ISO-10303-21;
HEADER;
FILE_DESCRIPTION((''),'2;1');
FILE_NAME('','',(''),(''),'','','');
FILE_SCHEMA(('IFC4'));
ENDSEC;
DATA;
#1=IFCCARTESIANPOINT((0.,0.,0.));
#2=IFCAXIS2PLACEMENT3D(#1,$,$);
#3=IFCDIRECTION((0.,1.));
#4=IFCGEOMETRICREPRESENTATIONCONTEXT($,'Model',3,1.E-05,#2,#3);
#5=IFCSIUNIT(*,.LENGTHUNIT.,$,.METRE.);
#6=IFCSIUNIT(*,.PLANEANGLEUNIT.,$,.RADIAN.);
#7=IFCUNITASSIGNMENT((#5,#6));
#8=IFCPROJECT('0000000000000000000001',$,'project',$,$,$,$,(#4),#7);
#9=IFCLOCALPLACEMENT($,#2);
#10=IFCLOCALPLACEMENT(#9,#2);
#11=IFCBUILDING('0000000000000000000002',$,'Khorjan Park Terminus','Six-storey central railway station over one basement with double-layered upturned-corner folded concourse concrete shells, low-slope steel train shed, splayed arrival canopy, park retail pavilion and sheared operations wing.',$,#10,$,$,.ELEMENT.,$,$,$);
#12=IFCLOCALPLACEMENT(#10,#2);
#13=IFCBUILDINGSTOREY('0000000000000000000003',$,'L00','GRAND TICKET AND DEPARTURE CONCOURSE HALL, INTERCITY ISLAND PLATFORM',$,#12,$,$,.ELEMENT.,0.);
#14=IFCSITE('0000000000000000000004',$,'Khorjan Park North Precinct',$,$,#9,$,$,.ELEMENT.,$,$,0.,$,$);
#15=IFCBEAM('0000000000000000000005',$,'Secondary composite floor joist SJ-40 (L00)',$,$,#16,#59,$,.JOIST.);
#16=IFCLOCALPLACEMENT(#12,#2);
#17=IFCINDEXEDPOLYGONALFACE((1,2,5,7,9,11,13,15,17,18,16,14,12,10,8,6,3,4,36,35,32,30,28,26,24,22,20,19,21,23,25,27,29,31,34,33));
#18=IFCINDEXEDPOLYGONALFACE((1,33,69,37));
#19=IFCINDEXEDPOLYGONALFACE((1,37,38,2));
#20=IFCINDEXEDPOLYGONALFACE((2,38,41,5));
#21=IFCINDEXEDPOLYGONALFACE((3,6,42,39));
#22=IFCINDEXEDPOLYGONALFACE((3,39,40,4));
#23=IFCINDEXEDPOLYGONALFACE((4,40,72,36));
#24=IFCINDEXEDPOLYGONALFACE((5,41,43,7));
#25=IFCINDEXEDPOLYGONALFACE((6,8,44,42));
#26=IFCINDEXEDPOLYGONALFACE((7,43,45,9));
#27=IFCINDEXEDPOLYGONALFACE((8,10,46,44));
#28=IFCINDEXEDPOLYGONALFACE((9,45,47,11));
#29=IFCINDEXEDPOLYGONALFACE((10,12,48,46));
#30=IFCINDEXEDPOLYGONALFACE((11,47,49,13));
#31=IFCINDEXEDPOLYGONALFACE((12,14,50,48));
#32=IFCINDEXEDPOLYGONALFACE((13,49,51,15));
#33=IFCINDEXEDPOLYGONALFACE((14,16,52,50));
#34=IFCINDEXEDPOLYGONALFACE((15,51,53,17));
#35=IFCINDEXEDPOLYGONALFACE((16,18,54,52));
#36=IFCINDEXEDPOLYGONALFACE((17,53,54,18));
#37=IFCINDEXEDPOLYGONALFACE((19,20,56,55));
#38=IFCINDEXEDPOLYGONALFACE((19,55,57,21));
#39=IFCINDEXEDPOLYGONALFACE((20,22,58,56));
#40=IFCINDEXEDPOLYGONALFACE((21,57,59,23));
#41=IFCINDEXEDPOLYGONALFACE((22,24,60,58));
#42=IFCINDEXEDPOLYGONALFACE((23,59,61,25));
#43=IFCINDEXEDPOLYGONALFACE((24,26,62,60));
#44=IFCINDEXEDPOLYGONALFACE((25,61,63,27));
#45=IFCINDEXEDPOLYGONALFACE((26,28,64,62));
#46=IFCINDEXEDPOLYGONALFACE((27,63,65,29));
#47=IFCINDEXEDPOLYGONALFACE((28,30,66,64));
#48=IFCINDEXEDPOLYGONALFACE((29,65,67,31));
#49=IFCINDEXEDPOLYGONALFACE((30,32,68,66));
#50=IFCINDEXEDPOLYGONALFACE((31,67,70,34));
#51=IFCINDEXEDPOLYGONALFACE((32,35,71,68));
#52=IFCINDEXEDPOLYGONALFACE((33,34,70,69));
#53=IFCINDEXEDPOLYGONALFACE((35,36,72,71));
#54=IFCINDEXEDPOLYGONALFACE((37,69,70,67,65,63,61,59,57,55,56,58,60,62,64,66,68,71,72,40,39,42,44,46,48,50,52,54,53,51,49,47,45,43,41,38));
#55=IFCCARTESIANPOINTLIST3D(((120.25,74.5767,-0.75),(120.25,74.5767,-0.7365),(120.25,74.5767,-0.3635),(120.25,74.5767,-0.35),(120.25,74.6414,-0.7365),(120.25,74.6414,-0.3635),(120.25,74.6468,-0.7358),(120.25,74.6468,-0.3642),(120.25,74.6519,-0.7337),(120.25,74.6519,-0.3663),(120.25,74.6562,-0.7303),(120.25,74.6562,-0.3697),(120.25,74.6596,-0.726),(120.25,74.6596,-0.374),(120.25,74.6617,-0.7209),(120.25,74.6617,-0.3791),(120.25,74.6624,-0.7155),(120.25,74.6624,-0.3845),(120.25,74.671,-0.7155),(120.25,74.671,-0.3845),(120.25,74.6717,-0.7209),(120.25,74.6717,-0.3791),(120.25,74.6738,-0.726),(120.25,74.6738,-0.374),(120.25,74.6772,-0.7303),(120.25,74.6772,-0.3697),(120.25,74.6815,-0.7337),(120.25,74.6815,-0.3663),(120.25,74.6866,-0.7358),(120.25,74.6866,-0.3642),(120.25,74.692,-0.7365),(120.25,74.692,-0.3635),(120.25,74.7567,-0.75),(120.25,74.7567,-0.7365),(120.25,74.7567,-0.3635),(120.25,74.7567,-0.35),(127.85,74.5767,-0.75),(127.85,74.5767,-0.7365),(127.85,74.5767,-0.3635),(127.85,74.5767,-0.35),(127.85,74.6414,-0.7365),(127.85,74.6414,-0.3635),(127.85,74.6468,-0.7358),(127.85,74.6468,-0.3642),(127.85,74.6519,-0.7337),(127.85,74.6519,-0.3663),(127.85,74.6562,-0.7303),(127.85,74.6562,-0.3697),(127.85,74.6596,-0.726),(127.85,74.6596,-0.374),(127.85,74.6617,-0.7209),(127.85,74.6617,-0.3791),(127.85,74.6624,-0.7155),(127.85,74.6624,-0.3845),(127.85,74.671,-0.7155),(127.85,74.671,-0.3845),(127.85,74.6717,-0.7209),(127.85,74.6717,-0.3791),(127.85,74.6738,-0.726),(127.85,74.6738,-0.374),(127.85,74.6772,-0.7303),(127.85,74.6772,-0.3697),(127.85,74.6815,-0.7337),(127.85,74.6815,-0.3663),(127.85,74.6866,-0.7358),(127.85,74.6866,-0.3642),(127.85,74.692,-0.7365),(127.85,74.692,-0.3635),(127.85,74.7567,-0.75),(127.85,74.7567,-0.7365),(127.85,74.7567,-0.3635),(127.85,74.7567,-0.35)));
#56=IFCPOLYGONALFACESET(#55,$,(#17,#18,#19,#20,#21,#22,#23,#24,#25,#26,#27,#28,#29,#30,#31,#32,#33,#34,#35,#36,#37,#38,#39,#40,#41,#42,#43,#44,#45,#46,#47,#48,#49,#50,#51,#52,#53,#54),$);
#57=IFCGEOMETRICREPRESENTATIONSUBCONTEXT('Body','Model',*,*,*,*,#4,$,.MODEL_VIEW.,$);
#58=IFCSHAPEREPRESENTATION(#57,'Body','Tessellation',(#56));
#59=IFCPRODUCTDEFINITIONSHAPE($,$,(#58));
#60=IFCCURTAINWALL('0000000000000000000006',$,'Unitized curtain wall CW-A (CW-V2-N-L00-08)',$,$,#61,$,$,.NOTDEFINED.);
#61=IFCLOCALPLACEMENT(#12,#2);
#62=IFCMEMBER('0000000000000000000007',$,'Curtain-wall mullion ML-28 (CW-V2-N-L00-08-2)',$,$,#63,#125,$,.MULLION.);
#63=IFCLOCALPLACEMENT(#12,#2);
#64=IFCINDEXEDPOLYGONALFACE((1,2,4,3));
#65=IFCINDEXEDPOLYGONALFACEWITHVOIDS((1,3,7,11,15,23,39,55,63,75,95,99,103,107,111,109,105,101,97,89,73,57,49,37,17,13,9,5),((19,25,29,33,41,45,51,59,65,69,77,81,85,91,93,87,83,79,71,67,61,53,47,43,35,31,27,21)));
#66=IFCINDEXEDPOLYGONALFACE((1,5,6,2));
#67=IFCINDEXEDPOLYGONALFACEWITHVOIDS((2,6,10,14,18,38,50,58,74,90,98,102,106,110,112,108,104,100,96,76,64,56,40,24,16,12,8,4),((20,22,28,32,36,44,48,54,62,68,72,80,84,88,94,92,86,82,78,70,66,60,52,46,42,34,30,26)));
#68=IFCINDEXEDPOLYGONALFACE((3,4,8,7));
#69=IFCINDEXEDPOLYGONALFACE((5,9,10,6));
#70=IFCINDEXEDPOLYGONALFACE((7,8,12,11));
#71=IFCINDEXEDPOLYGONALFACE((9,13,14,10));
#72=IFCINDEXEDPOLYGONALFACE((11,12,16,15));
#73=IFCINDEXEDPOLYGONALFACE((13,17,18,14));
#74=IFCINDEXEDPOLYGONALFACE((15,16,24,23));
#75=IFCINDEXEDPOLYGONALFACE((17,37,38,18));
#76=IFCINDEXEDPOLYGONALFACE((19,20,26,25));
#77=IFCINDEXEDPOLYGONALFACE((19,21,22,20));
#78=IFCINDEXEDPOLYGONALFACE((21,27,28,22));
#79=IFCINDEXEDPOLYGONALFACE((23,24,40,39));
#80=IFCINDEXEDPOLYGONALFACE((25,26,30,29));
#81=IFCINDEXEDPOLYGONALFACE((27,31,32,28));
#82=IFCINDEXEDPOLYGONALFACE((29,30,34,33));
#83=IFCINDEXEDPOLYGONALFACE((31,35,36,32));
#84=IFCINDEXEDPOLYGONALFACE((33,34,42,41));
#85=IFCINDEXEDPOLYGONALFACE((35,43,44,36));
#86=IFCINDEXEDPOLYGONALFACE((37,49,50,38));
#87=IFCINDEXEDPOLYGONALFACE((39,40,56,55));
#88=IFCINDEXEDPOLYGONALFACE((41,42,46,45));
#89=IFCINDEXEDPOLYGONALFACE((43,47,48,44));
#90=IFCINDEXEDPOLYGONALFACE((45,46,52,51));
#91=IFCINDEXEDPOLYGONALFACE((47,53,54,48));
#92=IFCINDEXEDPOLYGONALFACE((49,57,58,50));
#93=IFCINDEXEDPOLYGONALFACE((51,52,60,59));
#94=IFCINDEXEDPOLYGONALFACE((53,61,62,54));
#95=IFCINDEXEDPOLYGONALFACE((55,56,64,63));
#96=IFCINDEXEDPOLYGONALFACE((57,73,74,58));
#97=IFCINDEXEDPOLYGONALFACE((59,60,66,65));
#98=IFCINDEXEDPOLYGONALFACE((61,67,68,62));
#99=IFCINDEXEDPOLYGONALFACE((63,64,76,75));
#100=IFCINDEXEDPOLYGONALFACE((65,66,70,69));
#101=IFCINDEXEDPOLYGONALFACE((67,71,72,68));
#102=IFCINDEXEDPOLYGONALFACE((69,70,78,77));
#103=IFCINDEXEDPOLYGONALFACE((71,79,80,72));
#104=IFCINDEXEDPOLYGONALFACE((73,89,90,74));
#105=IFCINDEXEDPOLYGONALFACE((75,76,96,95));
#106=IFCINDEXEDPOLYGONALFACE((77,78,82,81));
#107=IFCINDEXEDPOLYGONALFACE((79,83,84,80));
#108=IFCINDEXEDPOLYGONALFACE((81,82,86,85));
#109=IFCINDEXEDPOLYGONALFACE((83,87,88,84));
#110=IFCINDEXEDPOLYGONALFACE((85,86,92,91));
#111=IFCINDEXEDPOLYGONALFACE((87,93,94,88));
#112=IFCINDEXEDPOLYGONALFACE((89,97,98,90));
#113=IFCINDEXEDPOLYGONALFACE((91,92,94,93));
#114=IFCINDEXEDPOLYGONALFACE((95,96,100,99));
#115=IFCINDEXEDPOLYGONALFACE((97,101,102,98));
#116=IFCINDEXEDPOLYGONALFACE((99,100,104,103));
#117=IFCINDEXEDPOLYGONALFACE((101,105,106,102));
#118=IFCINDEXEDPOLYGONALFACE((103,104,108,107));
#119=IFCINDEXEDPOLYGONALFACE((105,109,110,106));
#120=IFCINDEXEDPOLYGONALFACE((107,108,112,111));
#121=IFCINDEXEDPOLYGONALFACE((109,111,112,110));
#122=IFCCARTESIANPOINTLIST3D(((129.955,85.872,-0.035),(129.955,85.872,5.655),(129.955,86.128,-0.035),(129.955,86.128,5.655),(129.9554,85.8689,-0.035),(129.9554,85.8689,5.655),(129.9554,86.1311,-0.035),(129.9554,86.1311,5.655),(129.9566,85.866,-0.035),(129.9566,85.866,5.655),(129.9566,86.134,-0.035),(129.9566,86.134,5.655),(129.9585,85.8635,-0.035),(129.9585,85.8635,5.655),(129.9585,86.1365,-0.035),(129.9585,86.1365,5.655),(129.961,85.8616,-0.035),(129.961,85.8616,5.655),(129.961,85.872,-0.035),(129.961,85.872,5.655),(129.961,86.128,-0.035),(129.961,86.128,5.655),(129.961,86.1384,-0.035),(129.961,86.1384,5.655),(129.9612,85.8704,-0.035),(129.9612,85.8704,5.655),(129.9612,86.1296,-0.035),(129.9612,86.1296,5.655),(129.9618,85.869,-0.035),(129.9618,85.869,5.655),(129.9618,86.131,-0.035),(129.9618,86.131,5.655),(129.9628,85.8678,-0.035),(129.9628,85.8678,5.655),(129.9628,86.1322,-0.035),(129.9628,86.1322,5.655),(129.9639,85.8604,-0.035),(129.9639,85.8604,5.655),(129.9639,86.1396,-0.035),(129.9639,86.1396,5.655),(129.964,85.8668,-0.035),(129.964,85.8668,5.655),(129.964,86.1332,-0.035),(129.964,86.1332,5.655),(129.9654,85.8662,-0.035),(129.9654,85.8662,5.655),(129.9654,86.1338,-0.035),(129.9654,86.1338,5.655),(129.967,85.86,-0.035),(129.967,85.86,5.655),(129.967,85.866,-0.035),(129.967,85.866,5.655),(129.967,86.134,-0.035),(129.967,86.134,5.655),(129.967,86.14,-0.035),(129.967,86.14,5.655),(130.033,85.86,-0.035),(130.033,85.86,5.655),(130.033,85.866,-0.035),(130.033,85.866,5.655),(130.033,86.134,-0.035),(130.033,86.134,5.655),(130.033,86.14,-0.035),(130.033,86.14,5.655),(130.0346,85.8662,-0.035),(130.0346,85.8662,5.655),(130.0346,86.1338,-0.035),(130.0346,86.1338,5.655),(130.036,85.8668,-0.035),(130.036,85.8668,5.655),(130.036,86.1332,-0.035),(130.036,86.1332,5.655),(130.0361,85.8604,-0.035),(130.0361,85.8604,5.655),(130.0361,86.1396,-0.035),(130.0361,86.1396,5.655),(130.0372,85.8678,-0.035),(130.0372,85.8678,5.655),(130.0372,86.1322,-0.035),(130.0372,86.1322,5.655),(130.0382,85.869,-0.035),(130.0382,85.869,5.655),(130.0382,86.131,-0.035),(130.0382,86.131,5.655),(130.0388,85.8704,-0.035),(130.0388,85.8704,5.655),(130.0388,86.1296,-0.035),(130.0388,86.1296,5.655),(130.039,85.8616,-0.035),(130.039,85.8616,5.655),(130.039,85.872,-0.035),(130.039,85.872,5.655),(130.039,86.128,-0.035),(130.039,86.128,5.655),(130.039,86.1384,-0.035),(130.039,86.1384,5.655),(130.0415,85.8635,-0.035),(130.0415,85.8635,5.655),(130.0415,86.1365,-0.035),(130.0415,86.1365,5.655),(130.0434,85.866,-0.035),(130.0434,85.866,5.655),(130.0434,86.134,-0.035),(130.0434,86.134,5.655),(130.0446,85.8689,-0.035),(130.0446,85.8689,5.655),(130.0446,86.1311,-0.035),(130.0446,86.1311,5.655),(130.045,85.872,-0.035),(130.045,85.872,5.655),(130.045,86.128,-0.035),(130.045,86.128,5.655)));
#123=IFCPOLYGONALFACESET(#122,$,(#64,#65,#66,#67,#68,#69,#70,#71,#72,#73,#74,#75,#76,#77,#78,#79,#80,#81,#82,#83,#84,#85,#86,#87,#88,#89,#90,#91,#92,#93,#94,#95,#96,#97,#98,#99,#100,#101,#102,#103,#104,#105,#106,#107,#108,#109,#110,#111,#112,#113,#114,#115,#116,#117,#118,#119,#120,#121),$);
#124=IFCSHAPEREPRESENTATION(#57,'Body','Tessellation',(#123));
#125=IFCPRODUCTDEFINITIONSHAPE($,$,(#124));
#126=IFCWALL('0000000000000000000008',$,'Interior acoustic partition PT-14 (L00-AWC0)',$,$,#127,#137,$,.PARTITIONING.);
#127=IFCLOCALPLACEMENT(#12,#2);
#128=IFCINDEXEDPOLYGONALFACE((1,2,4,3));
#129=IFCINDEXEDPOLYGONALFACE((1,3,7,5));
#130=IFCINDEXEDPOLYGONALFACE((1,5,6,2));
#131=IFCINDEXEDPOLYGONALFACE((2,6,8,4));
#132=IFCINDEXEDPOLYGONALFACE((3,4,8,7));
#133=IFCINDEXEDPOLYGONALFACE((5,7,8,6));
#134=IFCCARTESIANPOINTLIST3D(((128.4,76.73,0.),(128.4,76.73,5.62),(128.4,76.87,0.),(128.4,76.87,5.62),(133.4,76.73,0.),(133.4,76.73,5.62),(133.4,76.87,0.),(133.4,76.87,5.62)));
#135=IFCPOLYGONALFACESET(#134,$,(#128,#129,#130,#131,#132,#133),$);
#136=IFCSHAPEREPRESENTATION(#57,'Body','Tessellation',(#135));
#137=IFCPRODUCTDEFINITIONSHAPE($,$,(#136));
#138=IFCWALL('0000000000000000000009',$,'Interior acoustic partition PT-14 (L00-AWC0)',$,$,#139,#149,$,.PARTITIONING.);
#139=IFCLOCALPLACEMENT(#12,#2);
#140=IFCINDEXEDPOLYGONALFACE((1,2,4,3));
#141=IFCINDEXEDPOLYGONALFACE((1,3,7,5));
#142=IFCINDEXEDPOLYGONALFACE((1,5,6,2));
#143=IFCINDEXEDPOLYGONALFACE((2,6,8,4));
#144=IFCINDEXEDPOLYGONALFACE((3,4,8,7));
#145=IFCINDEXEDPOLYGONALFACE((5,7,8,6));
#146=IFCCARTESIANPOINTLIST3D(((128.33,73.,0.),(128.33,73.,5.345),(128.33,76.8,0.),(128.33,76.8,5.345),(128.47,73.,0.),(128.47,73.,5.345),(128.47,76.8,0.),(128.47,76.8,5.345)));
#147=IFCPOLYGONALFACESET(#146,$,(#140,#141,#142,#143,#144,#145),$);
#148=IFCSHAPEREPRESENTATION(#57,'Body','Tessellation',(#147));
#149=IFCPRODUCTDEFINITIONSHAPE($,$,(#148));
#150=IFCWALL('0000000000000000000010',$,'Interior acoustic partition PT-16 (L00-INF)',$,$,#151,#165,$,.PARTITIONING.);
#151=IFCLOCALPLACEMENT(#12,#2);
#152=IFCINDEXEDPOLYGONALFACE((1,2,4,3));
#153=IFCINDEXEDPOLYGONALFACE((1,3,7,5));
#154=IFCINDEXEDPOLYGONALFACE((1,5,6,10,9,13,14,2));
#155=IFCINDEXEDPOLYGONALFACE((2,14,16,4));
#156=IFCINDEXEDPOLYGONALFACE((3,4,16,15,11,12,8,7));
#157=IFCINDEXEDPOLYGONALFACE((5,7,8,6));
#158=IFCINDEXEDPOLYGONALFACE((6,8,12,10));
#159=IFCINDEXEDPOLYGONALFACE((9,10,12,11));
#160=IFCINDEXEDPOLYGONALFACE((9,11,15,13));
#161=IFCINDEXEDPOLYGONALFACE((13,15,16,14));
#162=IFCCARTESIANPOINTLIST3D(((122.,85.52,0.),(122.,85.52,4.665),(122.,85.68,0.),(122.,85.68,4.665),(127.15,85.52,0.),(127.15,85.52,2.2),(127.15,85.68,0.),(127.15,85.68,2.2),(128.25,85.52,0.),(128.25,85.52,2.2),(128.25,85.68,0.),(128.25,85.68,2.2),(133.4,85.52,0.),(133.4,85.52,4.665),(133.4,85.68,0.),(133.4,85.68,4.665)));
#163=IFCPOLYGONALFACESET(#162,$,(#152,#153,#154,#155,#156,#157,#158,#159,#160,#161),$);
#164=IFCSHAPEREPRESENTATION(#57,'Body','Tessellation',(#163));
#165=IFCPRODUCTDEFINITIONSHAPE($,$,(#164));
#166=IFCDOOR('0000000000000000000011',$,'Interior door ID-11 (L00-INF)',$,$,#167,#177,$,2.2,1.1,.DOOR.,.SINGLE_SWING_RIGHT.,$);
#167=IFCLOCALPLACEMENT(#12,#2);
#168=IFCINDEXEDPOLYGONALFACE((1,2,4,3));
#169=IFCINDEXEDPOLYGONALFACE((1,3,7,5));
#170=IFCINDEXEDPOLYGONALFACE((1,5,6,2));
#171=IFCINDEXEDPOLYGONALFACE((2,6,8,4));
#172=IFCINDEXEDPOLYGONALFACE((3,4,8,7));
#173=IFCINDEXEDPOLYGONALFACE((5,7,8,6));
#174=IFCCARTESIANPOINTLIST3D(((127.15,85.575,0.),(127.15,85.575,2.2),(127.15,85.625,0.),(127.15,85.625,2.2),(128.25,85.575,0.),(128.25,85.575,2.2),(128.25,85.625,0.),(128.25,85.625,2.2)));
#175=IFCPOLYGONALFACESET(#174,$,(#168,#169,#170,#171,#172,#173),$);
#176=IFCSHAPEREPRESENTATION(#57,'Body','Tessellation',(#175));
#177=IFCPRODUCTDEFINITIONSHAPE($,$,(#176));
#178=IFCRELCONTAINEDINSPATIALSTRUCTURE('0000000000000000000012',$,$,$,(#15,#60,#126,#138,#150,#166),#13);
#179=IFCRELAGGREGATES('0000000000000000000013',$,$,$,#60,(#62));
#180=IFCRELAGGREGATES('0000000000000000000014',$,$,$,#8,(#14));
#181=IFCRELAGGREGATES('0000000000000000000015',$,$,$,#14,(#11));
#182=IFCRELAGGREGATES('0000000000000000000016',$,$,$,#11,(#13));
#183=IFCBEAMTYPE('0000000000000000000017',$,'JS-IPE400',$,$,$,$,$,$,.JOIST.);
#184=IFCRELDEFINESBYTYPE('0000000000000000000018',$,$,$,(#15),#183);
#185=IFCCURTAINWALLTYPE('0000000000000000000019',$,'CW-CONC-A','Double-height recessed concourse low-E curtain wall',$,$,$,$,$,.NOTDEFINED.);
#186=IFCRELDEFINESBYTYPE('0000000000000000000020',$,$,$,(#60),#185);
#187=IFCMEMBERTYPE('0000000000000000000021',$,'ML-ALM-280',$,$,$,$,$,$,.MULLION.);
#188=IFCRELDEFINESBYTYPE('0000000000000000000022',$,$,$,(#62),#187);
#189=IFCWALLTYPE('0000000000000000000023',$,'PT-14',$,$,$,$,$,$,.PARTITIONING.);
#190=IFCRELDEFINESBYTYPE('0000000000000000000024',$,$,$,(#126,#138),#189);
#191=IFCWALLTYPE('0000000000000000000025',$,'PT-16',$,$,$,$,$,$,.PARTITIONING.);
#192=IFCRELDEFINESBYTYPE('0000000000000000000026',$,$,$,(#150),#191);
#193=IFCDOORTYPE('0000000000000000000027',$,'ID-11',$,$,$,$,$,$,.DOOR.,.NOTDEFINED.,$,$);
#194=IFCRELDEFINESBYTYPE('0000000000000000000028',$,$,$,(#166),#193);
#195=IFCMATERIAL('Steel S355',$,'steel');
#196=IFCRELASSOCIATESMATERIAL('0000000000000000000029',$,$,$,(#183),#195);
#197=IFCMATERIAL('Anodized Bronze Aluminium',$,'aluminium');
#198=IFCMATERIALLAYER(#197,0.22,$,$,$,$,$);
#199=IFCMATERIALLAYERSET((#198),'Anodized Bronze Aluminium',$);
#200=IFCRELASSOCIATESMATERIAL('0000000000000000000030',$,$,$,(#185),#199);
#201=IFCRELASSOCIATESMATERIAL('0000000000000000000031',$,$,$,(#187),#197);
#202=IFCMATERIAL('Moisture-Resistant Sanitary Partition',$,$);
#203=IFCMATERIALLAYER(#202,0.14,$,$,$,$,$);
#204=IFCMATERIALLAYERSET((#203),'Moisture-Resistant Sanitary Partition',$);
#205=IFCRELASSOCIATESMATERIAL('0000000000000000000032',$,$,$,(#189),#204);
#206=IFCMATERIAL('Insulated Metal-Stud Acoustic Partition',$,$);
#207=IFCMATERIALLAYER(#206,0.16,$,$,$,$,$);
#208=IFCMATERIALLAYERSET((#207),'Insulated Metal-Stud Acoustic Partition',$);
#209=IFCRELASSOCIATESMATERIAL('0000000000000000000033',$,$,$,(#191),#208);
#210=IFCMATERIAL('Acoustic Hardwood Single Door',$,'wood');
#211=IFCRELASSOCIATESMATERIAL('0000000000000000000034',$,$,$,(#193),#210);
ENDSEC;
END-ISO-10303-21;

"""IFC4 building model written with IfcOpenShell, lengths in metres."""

from ifc_helpers import new_model, si_unit, direction, frame, frame_2d, origin, origin_2d, place, context, subcontext, project, spatial, rectangle, hollow_rectangle, i_section, extrude, material, layer, layer_set, material_profile, profile_set, type_object, element, fill, aggregate, save


model = new_model("IFC4")

# Units and contexts
model_context = context("Model", 3, precision=1e-05, world=origin(), true_north=direction((0.0, 1.0)))
body_context = subcontext(model_context, "Body", "Model", "MODEL_VIEW")
ifc_project = project(units=[si_unit("LENGTHUNIT", "METRE"), si_unit("PLANEANGLEUNIT", "RADIAN")], contexts=[model_context])

# Site, building, storey
site_placement = place(None, origin())
site = spatial("IfcSite", under=ifc_project, at=site_placement, Name="Khorjan Park North Precinct", CompositionType="ELEMENT", RefElevation=0.0)
building_placement = place(site_placement, origin())
building = spatial("IfcBuilding", under=site, at=building_placement, Name="Khorjan Park Terminus", Description="Six-storey central railway station over one basement with double-layered upturned-corner folded concourse concrete shells, low-slope steel train shed, splayed arrival canopy, park retail pavilion and sheared operations wing.", CompositionType="ELEMENT")
storey_placement = place(building_placement, origin())
storey = spatial("IfcBuildingStorey", under=building, at=storey_placement, Name="L00", Description="GRAND TICKET AND DEPARTURE CONCOURSE HALL, INTERCITY ISLAND PLATFORM", CompositionType="ELEMENT", Elevation=0.0)

# Beam
ifc_material_1 = material(Name="Steel S355", Category="steel")
ifc_material_profile_1 = material_profile(ifc_material_1, i_section(OverallWidth=0.18, OverallDepth=0.4, WebThickness=0.0086, FlangeThickness=0.0135, FilletRadius=0.021, at=origin_2d()), Name="IPE 400")
ifc_profile_set_1 = profile_set([ifc_material_profile_1], Name="Steel S355")
beam_type_1 = type_object("IfcBeamType", Name="JS-IPE400", PredefinedType="JOIST", material=ifc_profile_set_1)
beam_1_placement = place(storey_placement, frame((120.25, 74.6667, -0.55), z_axis=(1.0, 0.0, 0.0), x_axis=(0.0, 1.0, 0.0)))
element("IfcBeam", 1, at=beam_1_placement, inside=storey, type_object=beam_type_1, Name="Secondary composite floor joist SJ-40 (L00)", PredefinedType="JOIST", context=body_context, shape_type="SweptSolid", body=[
    extrude(i_section(OverallWidth=0.18, OverallDepth=0.4, WebThickness=0.0086, FlangeThickness=0.0135, FilletRadius=0.021, at=origin_2d()), origin(), (0.0, 0.0, 1.0), 7.6),
])

# Curtain wall, member
ifc_material_2 = material(Name="Anodized Bronze Aluminium", Category="aluminium")
ifc_layer_1 = layer(ifc_material_2, 0.22)
ifc_layer_set_1 = layer_set([ifc_layer_1], Name="Anodized Bronze Aluminium")
curtain_wall_type = type_object("IfcCurtainWallType", Name="CW-CONC-A", Description="Double-height recessed concourse low-E curtain wall", PredefinedType="NOTDEFINED", material=ifc_layer_set_1)
curtain_wall_placement = place(storey_placement, origin())
curtain_wall = element("IfcCurtainWall", 2, at=curtain_wall_placement, inside=storey, type_object=curtain_wall_type, Name="Unitized curtain wall CW-A (CW-V2-N-L00-08)", PredefinedType="NOTDEFINED")
ifc_material_profile_2 = material_profile(ifc_material_2, hollow_rectangle(XDim=0.09, YDim=0.28, WallThickness=0.006, InnerFilletRadius=0.006, OuterFilletRadius=0.012, at=origin_2d()), Name="ALM 90x280x6")
ifc_profile_set_2 = profile_set([ifc_material_profile_2], Name="Anodized Bronze Aluminium")
member_type = type_object("IfcMemberType", Name="ML-ALM-280", PredefinedType="MULLION", material=ifc_profile_set_2)
member_placement = place(storey_placement, frame((130.0, 86.0, -0.035), z_axis=(0.0, 0.0, 1.0), x_axis=(-1.0, 0.0, 0.0)))
member = element("IfcMember", 3, at=member_placement, type_object=member_type, Name="Curtain-wall mullion ML-28 (CW-V2-N-L00-08-2)", PredefinedType="MULLION", context=body_context, shape_type="SweptSolid", body=[
    extrude(hollow_rectangle(XDim=0.09, YDim=0.28, WallThickness=0.006, InnerFilletRadius=0.006, OuterFilletRadius=0.012, at=origin_2d()), origin(), (0.0, 0.0, 1.0), 5.69),
])
aggregate(curtain_wall, [member])

# Walls
ifc_material_3 = material(Name="Moisture-Resistant Sanitary Partition")
ifc_layer_2 = layer(ifc_material_3, 0.14)
ifc_layer_set_2 = layer_set([ifc_layer_2], Name="Moisture-Resistant Sanitary Partition")
wall_type_1 = type_object("IfcWallType", Name="PT-14", PredefinedType="PARTITIONING", material=ifc_layer_set_2)
wall_1_placement = place(storey_placement, frame((128.4, 76.8, 0.0), z_axis=(0.0, 0.0, 1.0), x_axis=(1.0, 0.0, 0.0)))
element("IfcWall", 4, at=wall_1_placement, inside=storey, type_object=wall_type_1, Name="Interior acoustic partition PT-14 (L00-AWC0)", PredefinedType="PARTITIONING", context=body_context, shape_type="SweptSolid", body=[
    extrude(rectangle(XDim=5.0, YDim=0.14, at=frame_2d((2.5, 0.0))), origin(), (0.0, 0.0, 1.0), 5.62),
])
wall_2_placement = place(storey_placement, frame((128.4, 73.0, 0.0), z_axis=(0.0, 0.0, 1.0), x_axis=(0.0, 1.0, 0.0)))
element("IfcWall", 5, at=wall_2_placement, inside=storey, type_object=wall_type_1, Name="Interior acoustic partition PT-14 (L00-AWC0)", PredefinedType="PARTITIONING", context=body_context, shape_type="SweptSolid", body=[
    extrude(rectangle(XDim=3.8, YDim=0.14, at=frame_2d((1.9, 0.0))), origin(), (0.0, 0.0, 1.0), 5.345),
])

# Wall, opening, door
ifc_material_4 = material(Name="Insulated Metal-Stud Acoustic Partition")
ifc_layer_3 = layer(ifc_material_4, 0.16)
ifc_layer_set_3 = layer_set([ifc_layer_3], Name="Insulated Metal-Stud Acoustic Partition")
wall_type_2 = type_object("IfcWallType", Name="PT-16", PredefinedType="PARTITIONING", material=ifc_layer_set_3)
wall_3_placement = place(storey_placement, frame((122.0, 85.6, 0.0), z_axis=(0.0, 0.0, 1.0), x_axis=(1.0, 0.0, 0.0)))
wall_3 = element("IfcWall", 6, at=wall_3_placement, inside=storey, type_object=wall_type_2, Name="Interior acoustic partition PT-16 (L00-INF)", PredefinedType="PARTITIONING", context=body_context, shape_type="SweptSolid", body=[
    extrude(rectangle(XDim=11.4, YDim=0.16, at=frame_2d((5.7, 0.0))), origin(), (0.0, 0.0, 1.0), 4.665),
])
opening_placement = place(wall_3_placement, frame((5.15, 0.0, 0.0)))
opening = element("IfcOpeningElement", 7, at=opening_placement, cuts=wall_3, PredefinedType="OPENING", context=body_context, shape_type="SweptSolid", body=[
    extrude(rectangle(XDim=1.1, YDim=2.2, at=frame_2d((0.55, 1.1))), frame((0.0, 0.09, 0.0), z_axis=(0.0, -1.0, 0.0), x_axis=(1.0, 0.0, 0.0)), (0.0, 0.0, 1.0), 0.18),
])
ifc_material_5 = material(Name="Acoustic Hardwood Single Door", Category="wood")
door_type = type_object("IfcDoorType", Name="ID-11", OperationType="NOTDEFINED", PredefinedType="DOOR", material=ifc_material_5)
door_placement = place(opening_placement, origin())
door = element("IfcDoor", 8, at=door_placement, inside=storey, type_object=door_type, Name="Interior door ID-11 (L00-INF)", OperationType="SINGLE_SWING_RIGHT", OverallHeight=2.2, OverallWidth=1.1, PredefinedType="DOOR", context=body_context, shape_type="SweptSolid", body=[
    extrude(rectangle(XDim=1.1, YDim=2.2, at=frame_2d((0.55, 1.1))), frame((0.0, 0.025, 0.0), z_axis=(0.0, -1.0, 0.0), x_axis=(1.0, 0.0, 0.0)), (0.0, 0.0, 1.0), 0.05),
])
fill(opening, door)

save(model, "model.ifc")
